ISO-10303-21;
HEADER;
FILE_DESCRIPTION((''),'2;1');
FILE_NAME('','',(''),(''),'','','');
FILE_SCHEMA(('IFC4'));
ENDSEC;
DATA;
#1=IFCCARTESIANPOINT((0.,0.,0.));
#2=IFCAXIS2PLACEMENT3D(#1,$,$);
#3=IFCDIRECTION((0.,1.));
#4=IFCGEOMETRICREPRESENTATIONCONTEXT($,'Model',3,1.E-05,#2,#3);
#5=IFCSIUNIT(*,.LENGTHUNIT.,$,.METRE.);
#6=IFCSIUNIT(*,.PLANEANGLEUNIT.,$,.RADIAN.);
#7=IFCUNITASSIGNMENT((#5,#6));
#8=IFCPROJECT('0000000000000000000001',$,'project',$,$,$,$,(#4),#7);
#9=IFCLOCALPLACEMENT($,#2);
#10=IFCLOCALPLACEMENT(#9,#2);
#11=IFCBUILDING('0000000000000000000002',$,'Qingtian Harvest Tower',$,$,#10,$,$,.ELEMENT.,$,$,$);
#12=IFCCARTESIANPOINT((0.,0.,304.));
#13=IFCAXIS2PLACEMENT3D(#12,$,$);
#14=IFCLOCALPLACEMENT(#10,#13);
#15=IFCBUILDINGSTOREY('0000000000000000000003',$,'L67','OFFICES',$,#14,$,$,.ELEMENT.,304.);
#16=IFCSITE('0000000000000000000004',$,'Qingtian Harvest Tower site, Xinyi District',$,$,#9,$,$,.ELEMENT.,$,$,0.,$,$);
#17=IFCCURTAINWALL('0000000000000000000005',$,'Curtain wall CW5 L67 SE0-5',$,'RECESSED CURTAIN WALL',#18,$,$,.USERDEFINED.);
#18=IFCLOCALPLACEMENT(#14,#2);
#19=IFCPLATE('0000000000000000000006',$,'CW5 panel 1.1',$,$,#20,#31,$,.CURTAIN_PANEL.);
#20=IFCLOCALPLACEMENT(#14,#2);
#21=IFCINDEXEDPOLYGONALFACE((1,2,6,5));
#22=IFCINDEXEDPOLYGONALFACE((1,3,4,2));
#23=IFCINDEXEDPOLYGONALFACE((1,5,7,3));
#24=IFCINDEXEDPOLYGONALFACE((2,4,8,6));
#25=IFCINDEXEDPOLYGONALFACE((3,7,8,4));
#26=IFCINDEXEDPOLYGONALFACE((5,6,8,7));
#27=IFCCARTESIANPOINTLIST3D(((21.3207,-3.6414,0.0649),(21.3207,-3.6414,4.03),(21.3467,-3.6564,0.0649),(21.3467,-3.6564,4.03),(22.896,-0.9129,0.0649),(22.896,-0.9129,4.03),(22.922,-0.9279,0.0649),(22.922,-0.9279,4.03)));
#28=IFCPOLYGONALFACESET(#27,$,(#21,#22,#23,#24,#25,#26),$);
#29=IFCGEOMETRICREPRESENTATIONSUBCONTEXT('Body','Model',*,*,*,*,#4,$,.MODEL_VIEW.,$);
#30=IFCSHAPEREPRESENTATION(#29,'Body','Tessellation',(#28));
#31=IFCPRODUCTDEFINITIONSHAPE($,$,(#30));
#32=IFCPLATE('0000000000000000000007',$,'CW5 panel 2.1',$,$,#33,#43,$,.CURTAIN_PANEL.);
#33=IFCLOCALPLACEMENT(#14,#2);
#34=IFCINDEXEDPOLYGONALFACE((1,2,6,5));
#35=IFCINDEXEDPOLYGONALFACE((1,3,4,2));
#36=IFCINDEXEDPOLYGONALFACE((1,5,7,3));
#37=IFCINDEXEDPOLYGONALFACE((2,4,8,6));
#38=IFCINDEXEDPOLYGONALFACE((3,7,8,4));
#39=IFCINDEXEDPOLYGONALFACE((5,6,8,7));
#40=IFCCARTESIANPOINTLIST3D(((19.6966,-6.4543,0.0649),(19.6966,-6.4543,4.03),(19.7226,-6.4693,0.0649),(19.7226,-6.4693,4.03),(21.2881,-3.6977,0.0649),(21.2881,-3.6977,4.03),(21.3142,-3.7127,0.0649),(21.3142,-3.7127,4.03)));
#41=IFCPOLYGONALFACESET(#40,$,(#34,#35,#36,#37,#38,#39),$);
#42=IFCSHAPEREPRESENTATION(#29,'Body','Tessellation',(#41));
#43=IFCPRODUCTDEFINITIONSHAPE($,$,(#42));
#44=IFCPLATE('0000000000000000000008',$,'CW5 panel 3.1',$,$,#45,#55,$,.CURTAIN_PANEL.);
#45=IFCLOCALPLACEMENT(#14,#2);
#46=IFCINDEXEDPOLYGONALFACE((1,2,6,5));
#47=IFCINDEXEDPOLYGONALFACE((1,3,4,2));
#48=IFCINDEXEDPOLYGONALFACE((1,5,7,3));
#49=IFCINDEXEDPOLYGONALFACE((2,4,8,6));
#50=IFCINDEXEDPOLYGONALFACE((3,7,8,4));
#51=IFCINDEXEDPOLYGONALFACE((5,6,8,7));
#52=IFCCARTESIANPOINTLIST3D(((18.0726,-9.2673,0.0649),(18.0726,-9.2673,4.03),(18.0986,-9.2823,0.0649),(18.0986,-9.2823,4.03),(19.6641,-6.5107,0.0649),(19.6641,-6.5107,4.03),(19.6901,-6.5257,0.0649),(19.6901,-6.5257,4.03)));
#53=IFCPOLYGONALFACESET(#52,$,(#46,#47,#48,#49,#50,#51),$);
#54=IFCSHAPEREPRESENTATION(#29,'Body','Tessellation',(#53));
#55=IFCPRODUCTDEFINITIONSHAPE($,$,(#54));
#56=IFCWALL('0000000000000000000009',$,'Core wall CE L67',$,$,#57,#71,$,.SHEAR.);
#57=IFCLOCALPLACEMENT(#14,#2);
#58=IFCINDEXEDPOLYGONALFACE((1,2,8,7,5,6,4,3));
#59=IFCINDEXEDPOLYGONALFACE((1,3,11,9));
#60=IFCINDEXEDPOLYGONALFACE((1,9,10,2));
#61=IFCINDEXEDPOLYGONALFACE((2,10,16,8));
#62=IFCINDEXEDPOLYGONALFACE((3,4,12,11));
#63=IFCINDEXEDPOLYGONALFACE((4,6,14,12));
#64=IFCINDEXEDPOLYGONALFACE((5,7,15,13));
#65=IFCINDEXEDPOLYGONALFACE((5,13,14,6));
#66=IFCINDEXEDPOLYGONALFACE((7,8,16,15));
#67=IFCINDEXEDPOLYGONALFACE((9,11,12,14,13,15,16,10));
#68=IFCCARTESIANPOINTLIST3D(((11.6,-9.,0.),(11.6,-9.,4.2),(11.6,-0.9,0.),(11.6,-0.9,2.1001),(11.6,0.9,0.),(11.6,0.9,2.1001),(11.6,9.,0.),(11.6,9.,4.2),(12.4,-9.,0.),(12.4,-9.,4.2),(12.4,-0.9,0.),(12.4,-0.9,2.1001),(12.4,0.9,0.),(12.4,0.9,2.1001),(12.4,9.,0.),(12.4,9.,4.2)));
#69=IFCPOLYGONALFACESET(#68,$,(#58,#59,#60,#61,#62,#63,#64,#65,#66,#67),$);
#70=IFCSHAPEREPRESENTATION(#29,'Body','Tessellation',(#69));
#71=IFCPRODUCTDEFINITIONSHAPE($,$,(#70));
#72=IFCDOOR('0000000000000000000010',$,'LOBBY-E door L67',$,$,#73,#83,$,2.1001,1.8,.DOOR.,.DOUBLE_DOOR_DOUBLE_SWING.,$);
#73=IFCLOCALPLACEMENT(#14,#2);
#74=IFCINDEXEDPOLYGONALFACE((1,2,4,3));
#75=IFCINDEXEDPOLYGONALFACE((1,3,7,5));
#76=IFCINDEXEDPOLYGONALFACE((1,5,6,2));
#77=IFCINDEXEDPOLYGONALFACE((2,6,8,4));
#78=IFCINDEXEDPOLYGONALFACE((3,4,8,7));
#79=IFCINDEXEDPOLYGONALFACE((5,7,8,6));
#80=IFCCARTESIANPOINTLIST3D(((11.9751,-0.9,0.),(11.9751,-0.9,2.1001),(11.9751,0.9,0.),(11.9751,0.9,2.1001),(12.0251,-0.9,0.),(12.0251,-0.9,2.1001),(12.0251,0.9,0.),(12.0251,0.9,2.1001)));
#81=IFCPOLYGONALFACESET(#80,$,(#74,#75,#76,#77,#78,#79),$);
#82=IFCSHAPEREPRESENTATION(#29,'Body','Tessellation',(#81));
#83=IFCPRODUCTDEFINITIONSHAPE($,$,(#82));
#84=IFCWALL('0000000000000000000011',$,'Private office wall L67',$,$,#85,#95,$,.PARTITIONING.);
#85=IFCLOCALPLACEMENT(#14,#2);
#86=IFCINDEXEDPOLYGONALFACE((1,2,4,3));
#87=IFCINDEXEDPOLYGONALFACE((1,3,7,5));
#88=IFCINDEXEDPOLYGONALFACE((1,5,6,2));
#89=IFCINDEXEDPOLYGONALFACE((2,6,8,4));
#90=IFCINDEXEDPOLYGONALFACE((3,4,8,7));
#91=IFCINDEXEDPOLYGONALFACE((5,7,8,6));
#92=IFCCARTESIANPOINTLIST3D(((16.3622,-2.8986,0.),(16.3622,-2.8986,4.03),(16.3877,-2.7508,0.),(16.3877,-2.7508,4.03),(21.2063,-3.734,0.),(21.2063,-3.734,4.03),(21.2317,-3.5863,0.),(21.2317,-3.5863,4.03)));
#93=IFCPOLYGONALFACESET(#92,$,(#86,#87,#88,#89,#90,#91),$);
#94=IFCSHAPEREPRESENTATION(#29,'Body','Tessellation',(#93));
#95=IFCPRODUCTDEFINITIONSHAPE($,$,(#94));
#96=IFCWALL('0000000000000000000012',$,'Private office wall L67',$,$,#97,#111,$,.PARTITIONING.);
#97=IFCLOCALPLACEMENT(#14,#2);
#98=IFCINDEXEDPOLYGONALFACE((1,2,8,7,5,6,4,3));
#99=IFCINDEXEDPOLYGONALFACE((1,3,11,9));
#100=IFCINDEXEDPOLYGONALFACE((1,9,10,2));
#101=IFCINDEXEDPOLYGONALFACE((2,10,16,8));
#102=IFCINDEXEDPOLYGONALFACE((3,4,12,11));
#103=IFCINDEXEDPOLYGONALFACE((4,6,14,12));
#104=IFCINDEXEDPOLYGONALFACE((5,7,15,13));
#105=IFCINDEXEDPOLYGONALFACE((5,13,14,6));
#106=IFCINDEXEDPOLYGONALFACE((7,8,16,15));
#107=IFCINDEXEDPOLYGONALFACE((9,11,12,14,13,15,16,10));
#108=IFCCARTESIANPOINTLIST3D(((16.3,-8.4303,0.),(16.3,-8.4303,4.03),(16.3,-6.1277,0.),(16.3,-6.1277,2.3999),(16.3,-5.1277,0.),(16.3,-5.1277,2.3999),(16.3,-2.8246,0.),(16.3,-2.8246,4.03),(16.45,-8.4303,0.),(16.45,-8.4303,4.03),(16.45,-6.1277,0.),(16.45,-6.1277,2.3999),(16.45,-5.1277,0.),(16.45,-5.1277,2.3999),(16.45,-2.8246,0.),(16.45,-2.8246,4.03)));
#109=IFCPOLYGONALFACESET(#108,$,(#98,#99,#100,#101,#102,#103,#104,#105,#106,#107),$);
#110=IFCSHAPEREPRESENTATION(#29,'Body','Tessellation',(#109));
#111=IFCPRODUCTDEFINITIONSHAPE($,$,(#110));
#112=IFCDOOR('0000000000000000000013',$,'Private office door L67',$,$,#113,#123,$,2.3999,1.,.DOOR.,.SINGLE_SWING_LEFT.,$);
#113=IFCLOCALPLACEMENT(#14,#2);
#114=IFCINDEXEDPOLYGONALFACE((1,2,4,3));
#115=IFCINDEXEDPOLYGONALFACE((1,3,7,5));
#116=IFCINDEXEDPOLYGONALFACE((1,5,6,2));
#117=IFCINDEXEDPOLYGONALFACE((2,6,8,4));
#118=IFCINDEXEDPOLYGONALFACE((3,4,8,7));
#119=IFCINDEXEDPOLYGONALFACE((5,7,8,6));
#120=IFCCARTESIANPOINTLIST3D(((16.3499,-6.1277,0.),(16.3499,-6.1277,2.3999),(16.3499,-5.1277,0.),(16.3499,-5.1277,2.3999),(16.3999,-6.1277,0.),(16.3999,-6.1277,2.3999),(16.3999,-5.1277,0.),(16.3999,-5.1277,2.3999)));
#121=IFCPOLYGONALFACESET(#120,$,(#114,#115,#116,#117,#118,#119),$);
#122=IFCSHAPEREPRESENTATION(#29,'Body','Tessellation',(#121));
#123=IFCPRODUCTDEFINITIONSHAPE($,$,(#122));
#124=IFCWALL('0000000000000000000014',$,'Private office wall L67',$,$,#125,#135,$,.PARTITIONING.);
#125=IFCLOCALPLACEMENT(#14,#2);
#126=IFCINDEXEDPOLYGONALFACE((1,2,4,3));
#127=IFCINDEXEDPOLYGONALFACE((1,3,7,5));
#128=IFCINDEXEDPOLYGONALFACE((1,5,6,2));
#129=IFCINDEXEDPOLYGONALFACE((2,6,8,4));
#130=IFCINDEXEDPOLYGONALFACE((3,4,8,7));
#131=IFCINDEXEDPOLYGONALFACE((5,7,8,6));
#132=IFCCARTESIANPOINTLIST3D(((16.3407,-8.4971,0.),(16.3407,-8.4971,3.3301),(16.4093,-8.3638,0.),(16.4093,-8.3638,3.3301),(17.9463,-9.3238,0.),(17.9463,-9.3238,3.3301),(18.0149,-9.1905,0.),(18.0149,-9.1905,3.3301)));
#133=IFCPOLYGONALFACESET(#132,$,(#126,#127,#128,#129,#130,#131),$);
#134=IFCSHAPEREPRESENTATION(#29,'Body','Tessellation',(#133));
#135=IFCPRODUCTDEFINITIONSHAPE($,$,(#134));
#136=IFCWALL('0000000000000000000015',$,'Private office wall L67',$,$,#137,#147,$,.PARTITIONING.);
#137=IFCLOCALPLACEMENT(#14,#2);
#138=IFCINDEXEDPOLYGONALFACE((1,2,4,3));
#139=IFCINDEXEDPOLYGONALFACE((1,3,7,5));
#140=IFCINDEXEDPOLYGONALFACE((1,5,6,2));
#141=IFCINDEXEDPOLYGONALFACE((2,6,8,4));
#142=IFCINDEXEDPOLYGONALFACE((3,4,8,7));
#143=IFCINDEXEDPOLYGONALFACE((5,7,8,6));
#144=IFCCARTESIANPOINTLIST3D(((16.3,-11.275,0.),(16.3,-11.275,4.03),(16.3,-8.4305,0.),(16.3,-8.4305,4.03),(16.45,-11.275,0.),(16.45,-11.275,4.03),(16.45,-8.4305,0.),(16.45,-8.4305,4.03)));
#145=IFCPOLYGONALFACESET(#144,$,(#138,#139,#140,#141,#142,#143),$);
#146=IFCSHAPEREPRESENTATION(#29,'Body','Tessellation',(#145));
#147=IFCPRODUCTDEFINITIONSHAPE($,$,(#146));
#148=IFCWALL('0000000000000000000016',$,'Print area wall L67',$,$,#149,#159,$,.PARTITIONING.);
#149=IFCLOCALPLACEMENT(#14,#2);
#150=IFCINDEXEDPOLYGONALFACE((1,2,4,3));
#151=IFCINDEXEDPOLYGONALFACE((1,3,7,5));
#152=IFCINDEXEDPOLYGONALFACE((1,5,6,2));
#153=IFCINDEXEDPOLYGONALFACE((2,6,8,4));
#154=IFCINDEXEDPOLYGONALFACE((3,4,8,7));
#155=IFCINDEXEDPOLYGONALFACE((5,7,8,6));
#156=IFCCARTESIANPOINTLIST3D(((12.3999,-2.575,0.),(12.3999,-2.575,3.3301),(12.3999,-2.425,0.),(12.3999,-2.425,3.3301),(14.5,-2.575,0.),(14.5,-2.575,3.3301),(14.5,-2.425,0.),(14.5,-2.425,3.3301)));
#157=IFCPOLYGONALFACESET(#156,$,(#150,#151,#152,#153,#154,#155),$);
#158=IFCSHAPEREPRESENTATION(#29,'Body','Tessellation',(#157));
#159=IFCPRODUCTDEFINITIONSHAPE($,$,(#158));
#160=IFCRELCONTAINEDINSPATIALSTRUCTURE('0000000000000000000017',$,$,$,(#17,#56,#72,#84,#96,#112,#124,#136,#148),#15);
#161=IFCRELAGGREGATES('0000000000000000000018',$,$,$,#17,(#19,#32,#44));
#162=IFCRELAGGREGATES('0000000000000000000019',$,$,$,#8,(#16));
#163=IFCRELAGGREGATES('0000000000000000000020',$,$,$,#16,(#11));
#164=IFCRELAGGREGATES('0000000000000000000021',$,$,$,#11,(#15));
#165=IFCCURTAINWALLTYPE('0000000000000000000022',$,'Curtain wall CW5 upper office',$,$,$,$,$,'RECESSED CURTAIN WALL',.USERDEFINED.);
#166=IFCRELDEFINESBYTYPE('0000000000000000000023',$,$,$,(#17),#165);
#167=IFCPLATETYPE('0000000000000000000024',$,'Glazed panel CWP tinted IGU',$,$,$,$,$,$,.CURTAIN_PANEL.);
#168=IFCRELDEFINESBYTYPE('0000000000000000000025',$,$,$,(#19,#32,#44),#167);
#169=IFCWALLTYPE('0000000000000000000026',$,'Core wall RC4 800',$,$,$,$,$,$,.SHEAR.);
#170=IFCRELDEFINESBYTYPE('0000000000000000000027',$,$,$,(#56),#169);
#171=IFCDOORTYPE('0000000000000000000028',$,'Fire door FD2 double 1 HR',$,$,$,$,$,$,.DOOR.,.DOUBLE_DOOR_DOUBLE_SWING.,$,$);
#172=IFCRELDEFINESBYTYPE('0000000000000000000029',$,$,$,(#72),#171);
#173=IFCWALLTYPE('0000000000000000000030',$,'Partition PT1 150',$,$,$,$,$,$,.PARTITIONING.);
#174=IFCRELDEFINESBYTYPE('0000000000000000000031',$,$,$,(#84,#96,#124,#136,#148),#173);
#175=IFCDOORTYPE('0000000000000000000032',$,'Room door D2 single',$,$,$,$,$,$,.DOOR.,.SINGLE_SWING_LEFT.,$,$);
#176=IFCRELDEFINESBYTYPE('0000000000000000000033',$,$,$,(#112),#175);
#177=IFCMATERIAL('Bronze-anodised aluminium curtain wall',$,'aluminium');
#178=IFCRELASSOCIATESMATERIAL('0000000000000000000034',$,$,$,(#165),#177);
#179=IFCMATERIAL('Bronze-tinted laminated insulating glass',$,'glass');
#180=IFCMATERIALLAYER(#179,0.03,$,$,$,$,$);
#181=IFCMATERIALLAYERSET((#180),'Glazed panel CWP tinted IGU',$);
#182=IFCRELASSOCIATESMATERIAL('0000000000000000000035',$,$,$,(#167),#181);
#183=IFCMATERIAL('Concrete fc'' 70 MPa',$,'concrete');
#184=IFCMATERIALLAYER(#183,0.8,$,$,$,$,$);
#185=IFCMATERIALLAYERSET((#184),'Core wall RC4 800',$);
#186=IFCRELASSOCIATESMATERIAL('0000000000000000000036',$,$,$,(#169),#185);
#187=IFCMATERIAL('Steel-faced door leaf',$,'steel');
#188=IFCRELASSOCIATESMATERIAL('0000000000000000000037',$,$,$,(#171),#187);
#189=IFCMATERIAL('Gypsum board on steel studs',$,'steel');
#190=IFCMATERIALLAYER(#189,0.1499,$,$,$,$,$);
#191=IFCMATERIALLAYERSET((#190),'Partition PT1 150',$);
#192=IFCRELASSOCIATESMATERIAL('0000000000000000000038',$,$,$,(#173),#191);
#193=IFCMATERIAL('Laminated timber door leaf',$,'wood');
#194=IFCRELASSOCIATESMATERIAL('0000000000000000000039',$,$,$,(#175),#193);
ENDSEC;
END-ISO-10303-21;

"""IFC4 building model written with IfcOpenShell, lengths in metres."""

from ifc_helpers import new_model, si_unit, direction, frame, frame_2d, origin, origin_2d, place, context, subcontext, project, spatial, rectangle, extrude, material, layer, layer_set, type_object, element, fill, aggregate, save


model = new_model("IFC4")

# Units and contexts
model_context = context("Model", 3, precision=1e-05, world=origin(), true_north=direction((0.0, 1.0)))
body_context = subcontext(model_context, "Body", "Model", "MODEL_VIEW")
ifc_project = project(units=[si_unit("LENGTHUNIT", "METRE"), si_unit("PLANEANGLEUNIT", "RADIAN")], contexts=[model_context])

# Site, building, storey
site_placement = place(None, origin())
site = spatial("IfcSite", under=ifc_project, at=site_placement, Name="Qingtian Harvest Tower site, Xinyi District", CompositionType="ELEMENT", RefElevation=0.0)
building_placement = place(site_placement, origin())
building = spatial("IfcBuilding", under=site, at=building_placement, Name="Qingtian Harvest Tower", CompositionType="ELEMENT")
storey_placement = place(building_placement, frame((0.0, 0.0, 304.0)))
storey = spatial("IfcBuildingStorey", under=building, at=storey_placement, Name="L67", Description="OFFICES", CompositionType="ELEMENT", Elevation=304.0)

# Shared definitions
ifc_material_1 = material(Name="Bronze-anodised aluminium curtain wall", Category="aluminium")
curtain_wall_type = type_object("IfcCurtainWallType", Name="Curtain wall CW5 upper office", ElementType="RECESSED CURTAIN WALL", PredefinedType="USERDEFINED", material=ifc_material_1)

# Curtain wall
curtain_wall_1_placement = place(storey_placement, origin())
curtain_wall_1 = element("IfcCurtainWall", 1, at=curtain_wall_1_placement, inside=storey, type_object=curtain_wall_type, Name="Curtain wall CW5 L67 SE0-5", ObjectType="RECESSED CURTAIN WALL", PredefinedType="USERDEFINED")

# Plates
ifc_material_2 = material(Name="Bronze-tinted laminated insulating glass", Category="glass")
ifc_layer_1 = layer(ifc_material_2, 0.03)
ifc_layer_set_1 = layer_set([ifc_layer_1], Name="Glazed panel CWP tinted IGU")
plate_type = type_object("IfcPlateType", Name="Glazed panel CWP tinted IGU", PredefinedType="CURTAIN_PANEL", material=ifc_layer_set_1)
plate_1_placement = place(storey_placement, frame((22.1213, -2.2847, 0.0649), z_axis=(0.0, 0.0, 1.0), x_axis=(-0.5, -0.866025, 0.0)))
plate_1 = element("IfcPlate", 2, at=plate_1_placement, type_object=plate_type, Name="CW5 panel 1.1", PredefinedType="CURTAIN_PANEL", context=body_context, shape_type="SweptSolid", body=[
    extrude(rectangle(XDim=3.1506, YDim=0.03, at=origin_2d()), origin(), (0.0, 0.0, 1.0), 3.9651),
])
plate_2_placement = place(storey_placement, frame((20.5054, -5.0835, 0.0649), z_axis=(0.0, 0.0, 1.0), x_axis=(-0.5, -0.866025, 0.0)))
plate_2 = element("IfcPlate", 3, at=plate_2_placement, type_object=plate_type, Name="CW5 panel 2.1", PredefinedType="CURTAIN_PANEL", context=body_context, shape_type="SweptSolid", body=[
    extrude(rectangle(XDim=3.1831, YDim=0.03, at=origin_2d()), origin(), (0.0, 0.0, 1.0), 3.9651),
])
plate_3_placement = place(storey_placement, frame((18.8813, -7.8965, 0.0649), z_axis=(0.0, 0.0, 1.0), x_axis=(-0.5, -0.866025, 0.0)))
plate_3 = element("IfcPlate", 4, at=plate_3_placement, type_object=plate_type, Name="CW5 panel 3.1", PredefinedType="CURTAIN_PANEL", context=body_context, shape_type="SweptSolid", body=[
    extrude(rectangle(XDim=3.1831, YDim=0.03, at=origin_2d()), origin(), (0.0, 0.0, 1.0), 3.9651),
])
aggregate(curtain_wall_1, [plate_1, plate_2, plate_3])

# Wall, opening, door
ifc_material_3 = material(Name="Concrete fc' 70 MPa", Category="concrete")
ifc_layer_2 = layer(ifc_material_3, 0.8)
ifc_layer_set_2 = layer_set([ifc_layer_2], Name="Core wall RC4 800")
wall_type_1 = type_object("IfcWallType", Name="Core wall RC4 800", PredefinedType="SHEAR", material=ifc_layer_set_2)
wall_1_placement = place(storey_placement, frame((12.0, -9.0, 0.0), z_axis=(0.0, 0.0, 1.0), x_axis=(0.0, 1.0, 0.0)))
wall_1 = element("IfcWall", 5, at=wall_1_placement, inside=storey, type_object=wall_type_1, Name="Core wall CE L67", PredefinedType="SHEAR", context=body_context, shape_type="SweptSolid", body=[
    extrude(rectangle(XDim=18.0, YDim=0.8, at=frame_2d((9.0, 0.0))), origin(), (0.0, 0.0, 1.0), 4.2),
])
opening_1_placement = place(wall_1_placement, frame((8.1001, 0.0, 0.0)))
opening_1 = element("IfcOpeningElement", 6, at=opening_1_placement, cuts=wall_1, PredefinedType="OPENING", context=body_context, shape_type="SweptSolid", body=[
    extrude(rectangle(XDim=1.8, YDim=2.1001, at=frame_2d((0.8999, 1.05))), frame((0.0, 0.4099, 0.0), z_axis=(0.0, -1.0, 0.0), x_axis=(1.0, 0.0, 0.0)), (0.0, 0.0, 1.0), 0.8201),
])
ifc_material_4 = material(Name="Steel-faced door leaf", Category="steel")
door_type_1 = type_object("IfcDoorType", Name="Fire door FD2 double 1 HR", OperationType="DOUBLE_DOOR_DOUBLE_SWING", PredefinedType="DOOR", material=ifc_material_4)
door_1_placement = place(opening_1_placement, origin())
door_1 = element("IfcDoor", 7, at=door_1_placement, inside=storey, type_object=door_type_1, Name="LOBBY-E door L67", OperationType="DOUBLE_DOOR_DOUBLE_SWING", OverallHeight=2.1001, OverallWidth=1.8, PredefinedType="DOOR", context=body_context, shape_type="SweptSolid", body=[
    extrude(rectangle(XDim=1.8, YDim=2.1001, at=frame_2d((0.8999, 1.05))), frame((0.0, 0.0249, 0.0), z_axis=(0.0, -1.0, 0.0), x_axis=(1.0, 0.0, 0.0)), (0.0, 0.0, 1.0), 0.05),
])
fill(opening_1, door_1)

# Wall
ifc_material_5 = material(Name="Gypsum board on steel studs", Category="steel")
ifc_layer_3 = layer(ifc_material_5, 0.1499)
ifc_layer_set_3 = layer_set([ifc_layer_3], Name="Partition PT1 150")
wall_type_2 = type_object("IfcWallType", Name="Partition PT1 150", PredefinedType="PARTITIONING", material=ifc_layer_set_3)
wall_2_placement = place(storey_placement, frame((21.219, -3.6602, 0.0), z_axis=(0.0, 0.0, 1.0), x_axis=(-0.985451, 0.169962, 0.0)))
element("IfcWall", 8, at=wall_2_placement, inside=storey, type_object=wall_type_2, Name="Private office wall L67", PredefinedType="PARTITIONING", context=body_context, shape_type="SweptSolid", body=[
    extrude(rectangle(XDim=4.9155, YDim=0.1499, at=frame_2d((2.4578, 0.0))), origin(), (0.0, 0.0, 1.0), 4.03),
])

# Wall, opening, door
wall_3_placement = place(storey_placement, frame((16.375, -2.8247, 0.0), z_axis=(0.0, 0.0, 1.0), x_axis=(0.0, -1.0, 0.0)))
wall_3 = element("IfcWall", 9, at=wall_3_placement, inside=storey, type_object=wall_type_2, Name="Private office wall L67", PredefinedType="PARTITIONING", context=body_context, shape_type="SweptSolid", body=[
    extrude(rectangle(XDim=5.6057, YDim=0.1499, at=frame_2d((2.8027, 0.0))), origin(), (0.0, 0.0, 1.0), 4.03),
])
opening_2_placement = place(wall_3_placement, frame((2.303, 0.0, 0.0)))
opening_2 = element("IfcOpeningElement", 10, at=opening_2_placement, cuts=wall_3, PredefinedType="OPENING", context=body_context, shape_type="SweptSolid", body=[
    extrude(rectangle(XDim=1.0, YDim=2.3999, at=frame_2d((0.5, 1.2))), frame((0.0, 0.085, 0.0), z_axis=(0.0, -1.0, 0.0), x_axis=(1.0, 0.0, 0.0)), (0.0, 0.0, 1.0), 0.1699),
])
ifc_material_6 = material(Name="Laminated timber door leaf", Category="wood")
door_type_2 = type_object("IfcDoorType", Name="Room door D2 single", OperationType="SINGLE_SWING_LEFT", PredefinedType="DOOR", material=ifc_material_6)
door_2_placement = place(opening_2_placement, origin())
door_2 = element("IfcDoor", 11, at=door_2_placement, inside=storey, type_object=door_type_2, Name="Private office door L67", OperationType="SINGLE_SWING_LEFT", OverallHeight=2.3999, OverallWidth=1.0, PredefinedType="DOOR", context=body_context, shape_type="SweptSolid", body=[
    extrude(rectangle(XDim=1.0, YDim=2.3999, at=frame_2d((0.5, 1.2))), frame((0.0, 0.0249, 0.0), z_axis=(0.0, -1.0, 0.0), x_axis=(1.0, 0.0, 0.0)), (0.0, 0.0, 1.0), 0.05),
])
fill(opening_2, door_2)

# Walls
wall_4_placement = place(storey_placement, frame((17.9805, -9.2571, 0.0), z_axis=(0.0, 0.0, 1.0), x_axis=(-0.889065, 0.457782, 0.0)))
element("IfcWall", 12, at=wall_4_placement, inside=storey, type_object=wall_type_2, Name="Private office wall L67", PredefinedType="PARTITIONING", context=body_context, shape_type="SweptSolid", body=[
    extrude(rectangle(XDim=1.8059, YDim=0.1499, at=frame_2d((0.9028, 0.0))), origin(), (0.0, 0.0, 1.0), 3.3301),
])
wall_5_placement = place(storey_placement, frame((16.375, -8.4304, 0.0), z_axis=(0.0, 0.0, 1.0), x_axis=(0.0, -1.0, 0.0)))
element("IfcWall", 13, at=wall_5_placement, inside=storey, type_object=wall_type_2, Name="Private office wall L67", PredefinedType="PARTITIONING", context=body_context, shape_type="SweptSolid", body=[
    extrude(rectangle(XDim=2.8445, YDim=0.1499, at=frame_2d((1.4224, 0.0))), origin(), (0.0, 0.0, 1.0), 4.03),
])
wall_6_placement = place(storey_placement, frame((12.3999, -2.5, 0.0), z_axis=(0.0, 0.0, 1.0), x_axis=(1.0, 0.0, 0.0)))
element("IfcWall", 14, at=wall_6_placement, inside=storey, type_object=wall_type_2, Name="Print area wall L67", PredefinedType="PARTITIONING", context=body_context, shape_type="SweptSolid", body=[
    extrude(rectangle(XDim=2.1001, YDim=0.1499, at=frame_2d((1.05, 0.0))), origin(), (0.0, 0.0, 1.0), 3.3301),
])

save(model, "model.ifc")
